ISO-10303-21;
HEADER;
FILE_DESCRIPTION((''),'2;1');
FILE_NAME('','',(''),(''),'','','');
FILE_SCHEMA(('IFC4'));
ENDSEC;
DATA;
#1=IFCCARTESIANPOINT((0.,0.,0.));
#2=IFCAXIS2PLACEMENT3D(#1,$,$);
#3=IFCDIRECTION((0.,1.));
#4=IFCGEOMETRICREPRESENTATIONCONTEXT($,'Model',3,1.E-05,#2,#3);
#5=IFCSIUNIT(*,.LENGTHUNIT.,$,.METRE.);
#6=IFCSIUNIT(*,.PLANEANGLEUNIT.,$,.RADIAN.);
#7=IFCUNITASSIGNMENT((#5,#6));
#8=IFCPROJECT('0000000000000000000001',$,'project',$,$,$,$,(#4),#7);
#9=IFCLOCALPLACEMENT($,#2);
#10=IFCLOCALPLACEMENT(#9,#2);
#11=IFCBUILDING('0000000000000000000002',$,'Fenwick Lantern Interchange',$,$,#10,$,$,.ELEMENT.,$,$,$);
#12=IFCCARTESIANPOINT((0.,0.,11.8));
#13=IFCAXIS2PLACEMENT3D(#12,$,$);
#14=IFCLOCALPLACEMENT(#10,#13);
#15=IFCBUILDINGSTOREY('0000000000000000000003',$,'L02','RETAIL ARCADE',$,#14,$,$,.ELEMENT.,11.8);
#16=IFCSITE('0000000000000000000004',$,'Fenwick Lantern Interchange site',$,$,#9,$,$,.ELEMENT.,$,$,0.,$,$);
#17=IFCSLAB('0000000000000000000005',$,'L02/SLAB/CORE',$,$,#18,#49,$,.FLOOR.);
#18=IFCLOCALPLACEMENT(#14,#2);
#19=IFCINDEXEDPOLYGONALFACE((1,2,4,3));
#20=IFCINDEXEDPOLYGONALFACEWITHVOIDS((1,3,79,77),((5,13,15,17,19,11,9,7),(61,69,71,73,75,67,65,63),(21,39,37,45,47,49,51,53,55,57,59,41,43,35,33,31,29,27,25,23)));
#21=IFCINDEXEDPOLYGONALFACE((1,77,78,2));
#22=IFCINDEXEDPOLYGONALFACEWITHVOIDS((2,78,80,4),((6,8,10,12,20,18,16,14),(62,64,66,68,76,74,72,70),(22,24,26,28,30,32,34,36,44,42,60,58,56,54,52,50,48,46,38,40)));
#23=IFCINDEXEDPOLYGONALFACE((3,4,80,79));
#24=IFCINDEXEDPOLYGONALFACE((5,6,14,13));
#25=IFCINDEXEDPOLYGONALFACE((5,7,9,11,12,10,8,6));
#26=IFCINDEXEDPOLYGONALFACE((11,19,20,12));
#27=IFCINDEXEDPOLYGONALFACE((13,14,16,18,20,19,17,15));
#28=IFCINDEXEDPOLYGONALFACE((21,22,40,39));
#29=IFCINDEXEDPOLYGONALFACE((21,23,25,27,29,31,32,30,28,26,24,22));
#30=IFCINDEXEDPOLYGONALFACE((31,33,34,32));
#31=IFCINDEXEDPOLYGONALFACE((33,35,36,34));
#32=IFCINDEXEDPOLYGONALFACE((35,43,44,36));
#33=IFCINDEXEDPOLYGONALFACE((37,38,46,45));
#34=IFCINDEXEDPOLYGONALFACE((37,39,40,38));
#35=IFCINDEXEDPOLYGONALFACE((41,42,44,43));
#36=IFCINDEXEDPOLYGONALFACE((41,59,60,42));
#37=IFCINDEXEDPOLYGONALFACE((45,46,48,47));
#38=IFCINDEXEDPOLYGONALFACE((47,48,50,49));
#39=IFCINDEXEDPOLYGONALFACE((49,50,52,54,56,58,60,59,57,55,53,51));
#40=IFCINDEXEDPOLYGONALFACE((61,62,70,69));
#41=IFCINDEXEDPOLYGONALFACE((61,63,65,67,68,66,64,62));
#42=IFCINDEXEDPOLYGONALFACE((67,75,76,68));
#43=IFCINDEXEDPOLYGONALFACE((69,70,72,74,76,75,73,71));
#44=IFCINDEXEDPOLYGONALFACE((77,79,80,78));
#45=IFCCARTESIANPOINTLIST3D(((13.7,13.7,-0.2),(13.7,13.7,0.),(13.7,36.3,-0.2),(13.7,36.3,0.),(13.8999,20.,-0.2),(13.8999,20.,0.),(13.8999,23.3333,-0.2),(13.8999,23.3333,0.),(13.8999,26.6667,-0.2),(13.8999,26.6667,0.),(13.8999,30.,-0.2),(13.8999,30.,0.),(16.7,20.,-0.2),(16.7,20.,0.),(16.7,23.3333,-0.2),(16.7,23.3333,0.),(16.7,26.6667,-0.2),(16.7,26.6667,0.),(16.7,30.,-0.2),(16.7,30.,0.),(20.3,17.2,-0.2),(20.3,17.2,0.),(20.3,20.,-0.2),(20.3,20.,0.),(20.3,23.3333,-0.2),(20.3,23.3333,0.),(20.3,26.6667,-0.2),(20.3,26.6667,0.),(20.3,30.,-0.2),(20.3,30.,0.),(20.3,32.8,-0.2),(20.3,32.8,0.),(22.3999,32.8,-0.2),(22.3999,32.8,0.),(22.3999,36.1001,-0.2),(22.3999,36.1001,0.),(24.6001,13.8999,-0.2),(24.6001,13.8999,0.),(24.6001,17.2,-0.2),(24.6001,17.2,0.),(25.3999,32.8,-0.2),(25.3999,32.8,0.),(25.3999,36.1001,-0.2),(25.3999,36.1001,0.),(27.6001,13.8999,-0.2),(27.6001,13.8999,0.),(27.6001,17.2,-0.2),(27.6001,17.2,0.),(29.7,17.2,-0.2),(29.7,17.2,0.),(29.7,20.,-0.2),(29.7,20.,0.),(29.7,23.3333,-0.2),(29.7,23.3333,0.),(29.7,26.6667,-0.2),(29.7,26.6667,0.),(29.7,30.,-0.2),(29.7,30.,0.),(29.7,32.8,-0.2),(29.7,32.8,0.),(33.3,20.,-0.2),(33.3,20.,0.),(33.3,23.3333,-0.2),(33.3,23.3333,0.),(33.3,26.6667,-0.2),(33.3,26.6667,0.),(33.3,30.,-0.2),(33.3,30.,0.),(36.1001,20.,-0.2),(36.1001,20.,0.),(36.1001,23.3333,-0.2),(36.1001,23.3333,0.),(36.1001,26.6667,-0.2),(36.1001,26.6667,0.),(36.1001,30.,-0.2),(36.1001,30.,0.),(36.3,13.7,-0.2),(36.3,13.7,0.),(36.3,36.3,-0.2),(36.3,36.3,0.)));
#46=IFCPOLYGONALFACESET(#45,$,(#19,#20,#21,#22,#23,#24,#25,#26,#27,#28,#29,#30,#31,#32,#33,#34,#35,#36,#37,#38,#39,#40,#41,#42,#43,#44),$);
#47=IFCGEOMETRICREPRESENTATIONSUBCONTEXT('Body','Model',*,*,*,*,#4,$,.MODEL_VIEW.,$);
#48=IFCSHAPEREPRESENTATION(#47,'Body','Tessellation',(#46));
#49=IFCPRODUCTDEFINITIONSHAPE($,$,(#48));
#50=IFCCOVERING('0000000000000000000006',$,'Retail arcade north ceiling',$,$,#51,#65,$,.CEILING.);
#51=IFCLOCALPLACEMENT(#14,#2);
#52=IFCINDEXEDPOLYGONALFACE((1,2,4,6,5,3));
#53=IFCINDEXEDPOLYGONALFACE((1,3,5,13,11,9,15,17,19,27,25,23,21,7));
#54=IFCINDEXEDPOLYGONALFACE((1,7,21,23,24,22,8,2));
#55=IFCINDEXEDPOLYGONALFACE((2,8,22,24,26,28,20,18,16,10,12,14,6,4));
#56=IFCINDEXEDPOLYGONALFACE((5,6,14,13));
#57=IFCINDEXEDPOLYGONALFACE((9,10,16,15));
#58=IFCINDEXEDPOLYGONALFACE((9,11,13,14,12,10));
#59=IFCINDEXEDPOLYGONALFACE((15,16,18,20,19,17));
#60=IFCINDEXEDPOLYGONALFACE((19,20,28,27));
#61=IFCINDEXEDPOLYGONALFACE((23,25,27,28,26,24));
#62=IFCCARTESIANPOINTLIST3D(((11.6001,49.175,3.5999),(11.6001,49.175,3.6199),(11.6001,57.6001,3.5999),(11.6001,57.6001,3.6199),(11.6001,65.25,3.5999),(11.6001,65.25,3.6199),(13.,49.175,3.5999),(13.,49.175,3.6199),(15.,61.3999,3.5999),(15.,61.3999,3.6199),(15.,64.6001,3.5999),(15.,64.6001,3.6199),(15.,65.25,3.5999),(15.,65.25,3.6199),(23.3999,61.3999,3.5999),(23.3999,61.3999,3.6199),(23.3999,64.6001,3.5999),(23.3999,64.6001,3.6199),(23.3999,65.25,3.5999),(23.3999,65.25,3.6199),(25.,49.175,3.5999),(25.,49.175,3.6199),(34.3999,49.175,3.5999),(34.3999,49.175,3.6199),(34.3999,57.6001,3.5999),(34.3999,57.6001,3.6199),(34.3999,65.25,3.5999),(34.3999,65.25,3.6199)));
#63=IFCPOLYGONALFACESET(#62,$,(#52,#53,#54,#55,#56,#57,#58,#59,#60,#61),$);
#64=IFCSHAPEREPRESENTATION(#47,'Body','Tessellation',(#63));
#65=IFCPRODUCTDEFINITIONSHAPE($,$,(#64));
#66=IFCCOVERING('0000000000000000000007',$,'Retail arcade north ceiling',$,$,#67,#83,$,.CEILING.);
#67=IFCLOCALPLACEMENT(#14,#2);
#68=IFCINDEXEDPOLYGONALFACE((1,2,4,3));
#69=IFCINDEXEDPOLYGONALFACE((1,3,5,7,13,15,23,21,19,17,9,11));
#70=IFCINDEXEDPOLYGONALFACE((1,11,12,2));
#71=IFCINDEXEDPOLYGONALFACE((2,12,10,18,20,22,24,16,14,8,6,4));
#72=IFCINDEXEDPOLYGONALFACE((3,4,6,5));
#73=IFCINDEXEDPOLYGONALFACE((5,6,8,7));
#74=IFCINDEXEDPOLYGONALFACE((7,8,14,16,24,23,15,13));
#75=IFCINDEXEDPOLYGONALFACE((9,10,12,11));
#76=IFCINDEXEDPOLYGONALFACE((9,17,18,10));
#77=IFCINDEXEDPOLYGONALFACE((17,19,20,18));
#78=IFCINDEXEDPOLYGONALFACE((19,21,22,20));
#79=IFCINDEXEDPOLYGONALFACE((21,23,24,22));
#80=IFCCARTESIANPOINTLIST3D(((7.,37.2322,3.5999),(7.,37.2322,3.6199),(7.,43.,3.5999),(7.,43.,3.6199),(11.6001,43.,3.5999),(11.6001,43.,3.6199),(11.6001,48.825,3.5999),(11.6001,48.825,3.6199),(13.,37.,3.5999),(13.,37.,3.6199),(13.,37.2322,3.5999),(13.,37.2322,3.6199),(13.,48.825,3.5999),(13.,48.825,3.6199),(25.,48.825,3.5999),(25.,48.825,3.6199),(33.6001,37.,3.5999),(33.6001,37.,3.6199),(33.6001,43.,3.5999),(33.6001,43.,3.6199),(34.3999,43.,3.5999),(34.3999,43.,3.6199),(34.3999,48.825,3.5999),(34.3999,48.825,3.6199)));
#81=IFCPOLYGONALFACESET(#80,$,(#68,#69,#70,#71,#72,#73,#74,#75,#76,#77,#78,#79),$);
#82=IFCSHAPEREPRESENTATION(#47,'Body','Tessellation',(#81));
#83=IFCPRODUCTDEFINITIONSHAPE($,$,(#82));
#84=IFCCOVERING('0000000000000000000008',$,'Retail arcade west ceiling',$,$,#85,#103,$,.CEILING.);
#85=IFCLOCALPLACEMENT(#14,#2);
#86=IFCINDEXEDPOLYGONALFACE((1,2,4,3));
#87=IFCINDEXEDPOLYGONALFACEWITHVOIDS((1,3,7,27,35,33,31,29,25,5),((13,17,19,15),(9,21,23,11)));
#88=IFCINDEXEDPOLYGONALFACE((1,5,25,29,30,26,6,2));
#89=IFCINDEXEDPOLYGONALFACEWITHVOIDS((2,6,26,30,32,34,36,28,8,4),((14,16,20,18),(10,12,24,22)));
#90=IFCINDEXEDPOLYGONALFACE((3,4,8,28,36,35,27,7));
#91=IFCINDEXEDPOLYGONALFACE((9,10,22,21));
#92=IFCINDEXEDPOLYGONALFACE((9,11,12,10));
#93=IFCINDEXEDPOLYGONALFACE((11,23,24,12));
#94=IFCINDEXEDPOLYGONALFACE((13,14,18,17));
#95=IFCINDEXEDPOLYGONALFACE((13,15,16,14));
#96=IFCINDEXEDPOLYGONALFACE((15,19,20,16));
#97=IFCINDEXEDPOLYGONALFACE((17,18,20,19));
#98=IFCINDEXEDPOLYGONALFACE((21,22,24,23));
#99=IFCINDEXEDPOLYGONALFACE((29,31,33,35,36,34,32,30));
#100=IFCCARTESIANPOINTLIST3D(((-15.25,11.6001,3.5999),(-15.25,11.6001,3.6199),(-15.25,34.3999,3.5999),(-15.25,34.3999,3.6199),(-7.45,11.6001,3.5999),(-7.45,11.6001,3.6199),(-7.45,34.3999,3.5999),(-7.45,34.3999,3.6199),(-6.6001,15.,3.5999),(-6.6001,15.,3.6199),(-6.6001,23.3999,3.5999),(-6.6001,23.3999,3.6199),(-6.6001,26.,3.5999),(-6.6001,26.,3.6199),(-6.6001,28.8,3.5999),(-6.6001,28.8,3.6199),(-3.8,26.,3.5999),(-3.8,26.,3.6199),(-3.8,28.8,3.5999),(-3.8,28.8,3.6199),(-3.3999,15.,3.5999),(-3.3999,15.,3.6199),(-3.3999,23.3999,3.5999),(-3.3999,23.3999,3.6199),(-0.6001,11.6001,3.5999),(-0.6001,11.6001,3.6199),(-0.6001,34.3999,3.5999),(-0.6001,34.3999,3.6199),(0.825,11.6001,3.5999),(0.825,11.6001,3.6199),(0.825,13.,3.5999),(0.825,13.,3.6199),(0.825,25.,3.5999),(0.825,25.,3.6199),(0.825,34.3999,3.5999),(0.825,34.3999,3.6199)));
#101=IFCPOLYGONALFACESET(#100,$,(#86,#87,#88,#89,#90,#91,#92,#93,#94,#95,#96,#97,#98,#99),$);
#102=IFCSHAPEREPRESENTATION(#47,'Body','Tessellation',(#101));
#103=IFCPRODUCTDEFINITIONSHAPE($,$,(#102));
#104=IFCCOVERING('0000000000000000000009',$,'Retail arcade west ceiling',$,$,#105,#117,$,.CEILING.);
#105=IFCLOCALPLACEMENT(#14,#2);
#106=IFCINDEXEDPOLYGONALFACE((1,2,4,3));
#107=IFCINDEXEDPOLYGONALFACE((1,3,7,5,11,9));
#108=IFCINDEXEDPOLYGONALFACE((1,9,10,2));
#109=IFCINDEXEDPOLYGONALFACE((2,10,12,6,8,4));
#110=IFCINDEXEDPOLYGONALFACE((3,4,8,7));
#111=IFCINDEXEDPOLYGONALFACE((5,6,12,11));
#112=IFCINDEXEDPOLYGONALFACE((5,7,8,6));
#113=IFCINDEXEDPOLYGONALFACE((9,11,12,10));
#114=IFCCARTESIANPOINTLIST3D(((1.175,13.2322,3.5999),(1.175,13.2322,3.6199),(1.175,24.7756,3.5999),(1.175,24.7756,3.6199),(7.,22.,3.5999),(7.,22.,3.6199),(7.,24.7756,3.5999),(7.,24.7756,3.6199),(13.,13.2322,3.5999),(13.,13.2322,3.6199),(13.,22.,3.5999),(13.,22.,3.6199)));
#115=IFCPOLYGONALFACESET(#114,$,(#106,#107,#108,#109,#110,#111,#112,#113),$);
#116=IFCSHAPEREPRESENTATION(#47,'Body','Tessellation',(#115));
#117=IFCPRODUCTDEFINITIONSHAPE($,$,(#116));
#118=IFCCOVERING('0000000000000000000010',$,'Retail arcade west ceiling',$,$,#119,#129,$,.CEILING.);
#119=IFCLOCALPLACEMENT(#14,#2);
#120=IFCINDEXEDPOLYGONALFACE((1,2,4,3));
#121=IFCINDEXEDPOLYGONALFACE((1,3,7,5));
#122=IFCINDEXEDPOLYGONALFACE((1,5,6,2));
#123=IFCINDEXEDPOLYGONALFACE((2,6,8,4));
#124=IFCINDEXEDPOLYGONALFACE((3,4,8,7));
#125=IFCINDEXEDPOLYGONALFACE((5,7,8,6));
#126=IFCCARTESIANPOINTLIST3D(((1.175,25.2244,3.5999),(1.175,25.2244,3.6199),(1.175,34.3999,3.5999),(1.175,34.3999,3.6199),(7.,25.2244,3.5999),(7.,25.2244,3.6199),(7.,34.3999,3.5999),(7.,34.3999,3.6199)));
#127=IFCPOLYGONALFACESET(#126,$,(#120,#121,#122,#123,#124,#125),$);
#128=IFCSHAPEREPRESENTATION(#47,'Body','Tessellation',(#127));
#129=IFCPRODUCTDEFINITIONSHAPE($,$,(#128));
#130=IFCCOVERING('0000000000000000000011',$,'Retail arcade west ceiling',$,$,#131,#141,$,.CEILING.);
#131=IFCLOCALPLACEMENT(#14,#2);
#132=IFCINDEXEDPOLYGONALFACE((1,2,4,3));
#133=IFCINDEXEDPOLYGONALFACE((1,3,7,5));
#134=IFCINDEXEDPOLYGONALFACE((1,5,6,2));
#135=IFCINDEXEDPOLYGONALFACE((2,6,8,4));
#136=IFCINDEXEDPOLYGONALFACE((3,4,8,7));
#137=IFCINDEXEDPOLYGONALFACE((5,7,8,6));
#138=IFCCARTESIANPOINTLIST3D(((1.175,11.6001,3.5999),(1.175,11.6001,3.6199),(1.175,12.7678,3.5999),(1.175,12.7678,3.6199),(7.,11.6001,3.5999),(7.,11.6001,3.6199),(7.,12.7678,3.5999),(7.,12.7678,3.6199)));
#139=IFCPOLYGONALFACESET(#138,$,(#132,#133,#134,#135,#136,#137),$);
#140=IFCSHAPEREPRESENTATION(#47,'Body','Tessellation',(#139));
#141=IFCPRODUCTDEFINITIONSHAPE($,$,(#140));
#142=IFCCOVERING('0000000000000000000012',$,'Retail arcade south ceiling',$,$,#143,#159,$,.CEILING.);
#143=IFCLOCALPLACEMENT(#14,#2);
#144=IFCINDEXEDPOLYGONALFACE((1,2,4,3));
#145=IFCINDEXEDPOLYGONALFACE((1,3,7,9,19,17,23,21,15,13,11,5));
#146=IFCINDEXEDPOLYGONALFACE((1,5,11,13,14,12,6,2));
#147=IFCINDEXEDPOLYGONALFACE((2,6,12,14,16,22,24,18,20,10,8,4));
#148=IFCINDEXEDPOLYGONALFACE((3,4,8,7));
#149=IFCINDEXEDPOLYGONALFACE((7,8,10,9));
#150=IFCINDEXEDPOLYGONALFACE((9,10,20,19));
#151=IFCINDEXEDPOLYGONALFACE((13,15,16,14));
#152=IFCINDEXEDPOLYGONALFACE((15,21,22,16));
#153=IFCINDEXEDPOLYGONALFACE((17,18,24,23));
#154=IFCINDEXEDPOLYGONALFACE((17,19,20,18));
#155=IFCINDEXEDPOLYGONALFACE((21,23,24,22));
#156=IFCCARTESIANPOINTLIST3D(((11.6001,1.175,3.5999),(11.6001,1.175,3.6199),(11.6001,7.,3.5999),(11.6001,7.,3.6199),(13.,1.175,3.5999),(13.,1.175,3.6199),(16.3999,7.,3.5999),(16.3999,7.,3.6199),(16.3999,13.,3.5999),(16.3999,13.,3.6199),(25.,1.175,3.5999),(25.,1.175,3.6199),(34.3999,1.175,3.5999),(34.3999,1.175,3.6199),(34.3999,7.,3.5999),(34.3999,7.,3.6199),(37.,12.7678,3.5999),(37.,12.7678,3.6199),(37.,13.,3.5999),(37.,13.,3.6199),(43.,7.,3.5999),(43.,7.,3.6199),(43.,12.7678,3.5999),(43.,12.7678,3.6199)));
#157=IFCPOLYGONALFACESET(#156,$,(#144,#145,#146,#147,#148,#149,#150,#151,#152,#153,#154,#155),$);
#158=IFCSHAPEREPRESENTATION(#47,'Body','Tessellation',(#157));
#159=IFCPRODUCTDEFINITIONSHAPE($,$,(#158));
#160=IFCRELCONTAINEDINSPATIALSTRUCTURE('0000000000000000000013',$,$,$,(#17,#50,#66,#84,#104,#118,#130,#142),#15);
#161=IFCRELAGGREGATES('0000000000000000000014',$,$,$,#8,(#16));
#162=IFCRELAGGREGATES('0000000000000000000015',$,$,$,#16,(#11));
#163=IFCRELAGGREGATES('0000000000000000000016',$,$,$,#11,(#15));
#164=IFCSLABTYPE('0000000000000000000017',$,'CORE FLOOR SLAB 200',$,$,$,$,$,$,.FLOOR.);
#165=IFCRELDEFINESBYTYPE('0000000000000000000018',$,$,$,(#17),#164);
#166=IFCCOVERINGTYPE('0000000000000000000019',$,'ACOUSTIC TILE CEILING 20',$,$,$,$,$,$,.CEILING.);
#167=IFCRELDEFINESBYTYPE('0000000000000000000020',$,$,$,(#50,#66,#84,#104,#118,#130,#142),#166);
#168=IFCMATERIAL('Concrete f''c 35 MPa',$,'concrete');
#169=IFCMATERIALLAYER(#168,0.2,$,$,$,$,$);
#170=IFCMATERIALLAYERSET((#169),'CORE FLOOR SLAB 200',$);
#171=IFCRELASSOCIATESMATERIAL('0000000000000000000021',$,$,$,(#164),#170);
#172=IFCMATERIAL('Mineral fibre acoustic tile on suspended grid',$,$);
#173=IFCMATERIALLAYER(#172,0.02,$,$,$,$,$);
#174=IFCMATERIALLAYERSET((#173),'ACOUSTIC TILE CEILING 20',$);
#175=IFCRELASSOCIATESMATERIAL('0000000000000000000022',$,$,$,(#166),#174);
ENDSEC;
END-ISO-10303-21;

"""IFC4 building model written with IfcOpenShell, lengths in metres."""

from ifc_helpers import new_model, si_unit, direction, frame, origin, place, context, subcontext, project, spatial, polyline, outline, extrude, material, layer, layer_set, type_object, element, save


model = new_model("IFC4")

# Units and contexts
model_context = context("Model", 3, precision=1e-05, world=origin(), true_north=direction((0.0, 1.0)))
body_context = subcontext(model_context, "Body", "Model", "MODEL_VIEW")
ifc_project = project(units=[si_unit("LENGTHUNIT", "METRE"), si_unit("PLANEANGLEUNIT", "RADIAN")], contexts=[model_context])

# Site, building, storey
site_placement = place(None, origin())
site = spatial("IfcSite", under=ifc_project, at=site_placement, Name="Fenwick Lantern Interchange site", CompositionType="ELEMENT", RefElevation=0.0)
building_placement = place(site_placement, origin())
building = spatial("IfcBuilding", under=site, at=building_placement, Name="Fenwick Lantern Interchange", CompositionType="ELEMENT")
storey_placement = place(building_placement, frame((0.0, 0.0, 11.8)))
storey = spatial("IfcBuildingStorey", under=building, at=storey_placement, Name="L02", Description="RETAIL ARCADE", CompositionType="ELEMENT", Elevation=11.8)

# Slab
ifc_material_1 = material(Name="Concrete f'c 35 MPa", Category="concrete")
ifc_layer_1 = layer(ifc_material_1, 0.2)
ifc_layer_set_1 = layer_set([ifc_layer_1], Name="CORE FLOOR SLAB 200")
slab_type = type_object("IfcSlabType", Name="CORE FLOOR SLAB 200", PredefinedType="FLOOR", material=ifc_layer_set_1)
slab_placement = place(storey_placement, frame((0.0, 0.0, -0.2)))
element("IfcSlab", 1, at=slab_placement, inside=storey, type_object=slab_type, Name="L02/SLAB/CORE", PredefinedType="FLOOR", context=body_context, shape_type="SweptSolid", body=[
    extrude(outline(polyline([(13.7, 36.3), (36.3, 36.3), (36.3, 13.7), (13.7, 13.7), (13.7, 36.3)]), holes=[polyline([(13.8999, 20.0), (16.7, 20.0), (16.7, 23.3333), (16.7, 26.6667), (16.7, 30.0), (13.8999, 30.0), (13.8999, 26.6667), (13.8999, 23.3333), (13.8999, 20.0)]), polyline([(20.3, 20.0), (20.3, 17.2), (24.6001, 17.2), (24.6001, 13.8999), (27.6001, 13.8999), (27.6001, 17.2), (29.7, 17.2), (29.7, 20.0), (29.7, 23.3333), (29.7, 26.6667), (29.7, 30.0), (29.7, 32.8), (25.3999, 32.8), (25.3999, 36.1001), (22.3999, 36.1001), (22.3999, 32.8), (20.3, 32.8), (20.3, 30.0), (20.3, 26.6667), (20.3, 23.3333), (20.3, 20.0)]), polyline([(33.3, 23.3333), (33.3, 20.0), (36.1001, 20.0), (36.1001, 23.3333), (36.1001, 26.6667), (36.1001, 30.0), (33.3, 30.0), (33.3, 26.6667), (33.3, 23.3333)])]), origin(), (0.0, 0.0, 1.0), 0.2),
])

# Coverings
ifc_material_2 = material(Name="Mineral fibre acoustic tile on suspended grid")
ifc_layer_2 = layer(ifc_material_2, 0.02)
ifc_layer_set_2 = layer_set([ifc_layer_2], Name="ACOUSTIC TILE CEILING 20")
covering_type_1 = type_object("IfcCoveringType", Name="ACOUSTIC TILE CEILING 20", PredefinedType="CEILING", material=ifc_layer_set_2)
covering_1_placement = place(storey_placement, frame((0.0, 0.0, 3.5999)))
element("IfcCovering", 2, at=covering_1_placement, inside=storey, type_object=covering_type_1, Name="Retail arcade north ceiling", PredefinedType="CEILING", context=body_context, shape_type="SweptSolid", body=[
    extrude(outline(polyline([(34.3999, 57.6001), (34.3999, 65.25), (23.3999, 65.25), (23.3999, 64.6001), (23.3999, 61.3999), (15.0, 61.3999), (15.0, 64.6001), (15.0, 65.25), (11.6001, 65.25), (11.6001, 57.6001), (11.6001, 49.175), (13.0, 49.175), (25.0, 49.175), (34.3999, 49.175), (34.3999, 57.6001)])), origin(), (0.0, 0.0, 1.0), 0.02),
])
covering_2_placement = place(storey_placement, frame((0.0, 0.0, 3.5999)))
element("IfcCovering", 3, at=covering_2_placement, inside=storey, type_object=covering_type_1, Name="Retail arcade north ceiling", PredefinedType="CEILING", context=body_context, shape_type="SweptSolid", body=[
    extrude(outline(polyline([(34.3999, 43.0), (34.3999, 48.825), (25.0, 48.825), (13.0, 48.825), (11.6001, 48.825), (11.6001, 43.0), (7.0, 43.0), (7.0, 37.2322), (13.0, 37.2322), (13.0, 37.0), (33.6001, 37.0), (33.6001, 43.0), (34.3999, 43.0)])), origin(), (0.0, 0.0, 1.0), 0.02),
])
covering_3_placement = place(storey_placement, frame((0.0, 0.0, 3.5999)))
element("IfcCovering", 4, at=covering_3_placement, inside=storey, type_object=covering_type_1, Name="Retail arcade west ceiling", PredefinedType="CEILING", context=body_context, shape_type="SweptSolid", body=[
    extrude(outline(polyline([(-7.45, 34.3999), (-15.25, 34.3999), (-15.25, 11.6001), (-7.45, 11.6001), (-0.6001, 11.6001), (0.825, 11.6001), (0.825, 13.0), (0.825, 25.0), (0.825, 34.3999), (-0.6001, 34.3999), (-7.45, 34.3999)]), holes=[polyline([(-3.3999, 15.0), (-6.6001, 15.0), (-6.6001, 23.3999), (-3.3999, 23.3999), (-3.3999, 15.0)]), polyline([(-3.8, 26.0), (-6.6001, 26.0), (-6.6001, 28.8), (-3.8, 28.8), (-3.8, 26.0)])]), origin(), (0.0, 0.0, 1.0), 0.02),
])
covering_4_placement = place(storey_placement, frame((0.0, 0.0, 3.5999)))
element("IfcCovering", 5, at=covering_4_placement, inside=storey, type_object=covering_type_1, Name="Retail arcade west ceiling", PredefinedType="CEILING", context=body_context, shape_type="SweptSolid", body=[
    extrude(outline(polyline([(7.0, 22.0), (7.0, 24.7756), (1.175, 24.7756), (1.175, 13.2322), (13.0, 13.2322), (13.0, 22.0), (7.0, 22.0)])), origin(), (0.0, 0.0, 1.0), 0.02),
])
covering_5_placement = place(storey_placement, frame((0.0, 0.0, 3.5999)))
element("IfcCovering", 6, at=covering_5_placement, inside=storey, type_object=covering_type_1, Name="Retail arcade west ceiling", PredefinedType="CEILING", context=body_context, shape_type="SweptSolid", body=[
    extrude(outline(polyline([(7.0, 34.3999), (1.175, 34.3999), (1.175, 25.2244), (7.0, 25.2244), (7.0, 34.3999)])), origin(), (0.0, 0.0, 1.0), 0.02),
])
covering_6_placement = place(storey_placement, frame((0.0, 0.0, 3.5999)))
element("IfcCovering", 7, at=covering_6_placement, inside=storey, type_object=covering_type_1, Name="Retail arcade west ceiling", PredefinedType="CEILING", context=body_context, shape_type="SweptSolid", body=[
    extrude(outline(polyline([(7.0, 11.6001), (7.0, 12.7678), (1.175, 12.7678), (1.175, 11.6001), (7.0, 11.6001)])), origin(), (0.0, 0.0, 1.0), 0.02),
])
covering_7_placement = place(storey_placement, frame((0.0, 0.0, 3.5999)))
element("IfcCovering", 8, at=covering_7_placement, inside=storey, type_object=covering_type_1, Name="Retail arcade south ceiling", PredefinedType="CEILING", context=body_context, shape_type="SweptSolid", body=[
    extrude(outline(polyline([(11.6001, 7.0), (11.6001, 1.175), (13.0, 1.175), (25.0, 1.175), (34.3999, 1.175), (34.3999, 7.0), (43.0, 7.0), (43.0, 12.7678), (37.0, 12.7678), (37.0, 13.0), (16.3999, 13.0), (16.3999, 7.0), (11.6001, 7.0)])), origin(), (0.0, 0.0, 1.0), 0.02),
])

save(model, "model.ifc")
